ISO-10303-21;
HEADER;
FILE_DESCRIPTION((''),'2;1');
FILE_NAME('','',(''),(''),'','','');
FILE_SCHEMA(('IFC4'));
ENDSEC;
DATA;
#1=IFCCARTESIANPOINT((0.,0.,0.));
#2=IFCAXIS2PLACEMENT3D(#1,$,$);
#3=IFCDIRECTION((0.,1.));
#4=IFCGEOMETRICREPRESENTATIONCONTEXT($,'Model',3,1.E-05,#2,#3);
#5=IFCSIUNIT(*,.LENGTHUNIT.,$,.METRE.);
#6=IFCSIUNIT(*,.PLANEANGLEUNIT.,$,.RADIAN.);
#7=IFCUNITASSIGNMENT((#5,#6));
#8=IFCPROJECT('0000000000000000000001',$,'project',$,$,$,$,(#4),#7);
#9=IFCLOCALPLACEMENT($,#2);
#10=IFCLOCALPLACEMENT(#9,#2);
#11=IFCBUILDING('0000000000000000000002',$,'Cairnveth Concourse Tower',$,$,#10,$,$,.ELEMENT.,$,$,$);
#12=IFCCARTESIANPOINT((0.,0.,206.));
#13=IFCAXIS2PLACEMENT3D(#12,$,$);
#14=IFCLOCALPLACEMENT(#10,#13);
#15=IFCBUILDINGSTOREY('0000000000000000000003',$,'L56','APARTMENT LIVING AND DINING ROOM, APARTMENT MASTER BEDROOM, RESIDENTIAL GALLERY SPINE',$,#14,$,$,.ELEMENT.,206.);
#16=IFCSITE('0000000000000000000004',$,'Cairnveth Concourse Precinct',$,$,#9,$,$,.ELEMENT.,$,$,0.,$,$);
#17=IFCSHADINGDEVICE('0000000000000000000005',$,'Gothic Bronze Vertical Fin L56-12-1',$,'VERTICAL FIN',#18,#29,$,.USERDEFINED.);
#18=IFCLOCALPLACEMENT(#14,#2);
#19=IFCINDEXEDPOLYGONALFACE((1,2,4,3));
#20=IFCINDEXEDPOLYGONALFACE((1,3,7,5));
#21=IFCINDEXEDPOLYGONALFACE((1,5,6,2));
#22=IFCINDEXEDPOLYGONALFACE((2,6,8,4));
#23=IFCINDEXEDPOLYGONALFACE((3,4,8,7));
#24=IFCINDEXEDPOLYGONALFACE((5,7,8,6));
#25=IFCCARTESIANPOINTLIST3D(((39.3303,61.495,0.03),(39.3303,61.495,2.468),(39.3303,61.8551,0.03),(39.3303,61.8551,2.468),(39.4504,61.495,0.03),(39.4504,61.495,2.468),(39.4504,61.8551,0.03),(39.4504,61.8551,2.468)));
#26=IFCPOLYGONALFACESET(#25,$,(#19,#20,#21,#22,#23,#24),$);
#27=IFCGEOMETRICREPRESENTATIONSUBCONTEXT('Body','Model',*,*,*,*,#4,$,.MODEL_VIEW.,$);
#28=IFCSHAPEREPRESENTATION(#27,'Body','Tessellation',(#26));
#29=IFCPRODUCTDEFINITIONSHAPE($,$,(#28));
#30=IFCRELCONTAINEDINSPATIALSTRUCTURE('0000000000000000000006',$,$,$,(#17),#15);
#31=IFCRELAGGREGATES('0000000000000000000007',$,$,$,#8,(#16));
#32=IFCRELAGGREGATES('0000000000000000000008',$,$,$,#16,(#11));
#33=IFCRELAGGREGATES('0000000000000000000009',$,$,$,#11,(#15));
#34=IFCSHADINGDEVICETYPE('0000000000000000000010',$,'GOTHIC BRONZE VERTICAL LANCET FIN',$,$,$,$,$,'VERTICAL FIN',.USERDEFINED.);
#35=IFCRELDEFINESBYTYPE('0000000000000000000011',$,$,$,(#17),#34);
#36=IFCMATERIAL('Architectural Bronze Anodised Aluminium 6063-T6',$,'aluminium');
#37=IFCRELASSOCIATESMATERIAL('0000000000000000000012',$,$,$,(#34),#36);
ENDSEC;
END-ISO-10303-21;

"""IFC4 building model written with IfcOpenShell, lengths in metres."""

from ifc_helpers import new_model, si_unit, direction, frame, origin, origin_2d, place, context, subcontext, project, spatial, rectangle, extrude, material, type_object, element, save


model = new_model("IFC4")

# Units and contexts
model_context = context("Model", 3, precision=1e-05, world=origin(), true_north=direction((0.0, 1.0)))
body_context = subcontext(model_context, "Body", "Model", "MODEL_VIEW")
ifc_project = project(units=[si_unit("LENGTHUNIT", "METRE"), si_unit("PLANEANGLEUNIT", "RADIAN")], contexts=[model_context])

# Site, building, storey
site_placement = place(None, origin())
site = spatial("IfcSite", under=ifc_project, at=site_placement, Name="Cairnveth Concourse Precinct", CompositionType="ELEMENT", RefElevation=0.0)
building_placement = place(site_placement, origin())
building = spatial("IfcBuilding", under=site, at=building_placement, Name="Cairnveth Concourse Tower", CompositionType="ELEMENT")
storey_placement = place(building_placement, frame((0.0, 0.0, 206.0)))
storey = spatial("IfcBuildingStorey", under=building, at=storey_placement, Name="L56", Description="APARTMENT LIVING AND DINING ROOM, APARTMENT MASTER BEDROOM, RESIDENTIAL GALLERY SPINE", CompositionType="ELEMENT", Elevation=206.0)

# Shading device
ifc_material_1 = material(Name="Architectural Bronze Anodised Aluminium 6063-T6", Category="aluminium")
shading_device_type = type_object("IfcShadingDeviceType", Name="GOTHIC BRONZE VERTICAL LANCET FIN", ElementType="VERTICAL FIN", PredefinedType="USERDEFINED", material=ifc_material_1)
shading_device_placement = place(storey_placement, frame((39.3904, 61.675, 0.03), z_axis=(0.0, 0.0, 1.0), x_axis=(1.0, 0.0, 0.0)))
element("IfcShadingDevice", 1, at=shading_device_placement, inside=storey, type_object=shading_device_type, Name="Gothic Bronze Vertical Fin L56-12-1", ObjectType="VERTICAL FIN", PredefinedType="USERDEFINED", context=body_context, shape_type="SweptSolid", body=[
    extrude(rectangle(XDim=0.1201, YDim=0.3601, at=origin_2d()), origin(), (0.0, 0.0, 1.0), 2.438),
])

save(model, "model.ifc")
